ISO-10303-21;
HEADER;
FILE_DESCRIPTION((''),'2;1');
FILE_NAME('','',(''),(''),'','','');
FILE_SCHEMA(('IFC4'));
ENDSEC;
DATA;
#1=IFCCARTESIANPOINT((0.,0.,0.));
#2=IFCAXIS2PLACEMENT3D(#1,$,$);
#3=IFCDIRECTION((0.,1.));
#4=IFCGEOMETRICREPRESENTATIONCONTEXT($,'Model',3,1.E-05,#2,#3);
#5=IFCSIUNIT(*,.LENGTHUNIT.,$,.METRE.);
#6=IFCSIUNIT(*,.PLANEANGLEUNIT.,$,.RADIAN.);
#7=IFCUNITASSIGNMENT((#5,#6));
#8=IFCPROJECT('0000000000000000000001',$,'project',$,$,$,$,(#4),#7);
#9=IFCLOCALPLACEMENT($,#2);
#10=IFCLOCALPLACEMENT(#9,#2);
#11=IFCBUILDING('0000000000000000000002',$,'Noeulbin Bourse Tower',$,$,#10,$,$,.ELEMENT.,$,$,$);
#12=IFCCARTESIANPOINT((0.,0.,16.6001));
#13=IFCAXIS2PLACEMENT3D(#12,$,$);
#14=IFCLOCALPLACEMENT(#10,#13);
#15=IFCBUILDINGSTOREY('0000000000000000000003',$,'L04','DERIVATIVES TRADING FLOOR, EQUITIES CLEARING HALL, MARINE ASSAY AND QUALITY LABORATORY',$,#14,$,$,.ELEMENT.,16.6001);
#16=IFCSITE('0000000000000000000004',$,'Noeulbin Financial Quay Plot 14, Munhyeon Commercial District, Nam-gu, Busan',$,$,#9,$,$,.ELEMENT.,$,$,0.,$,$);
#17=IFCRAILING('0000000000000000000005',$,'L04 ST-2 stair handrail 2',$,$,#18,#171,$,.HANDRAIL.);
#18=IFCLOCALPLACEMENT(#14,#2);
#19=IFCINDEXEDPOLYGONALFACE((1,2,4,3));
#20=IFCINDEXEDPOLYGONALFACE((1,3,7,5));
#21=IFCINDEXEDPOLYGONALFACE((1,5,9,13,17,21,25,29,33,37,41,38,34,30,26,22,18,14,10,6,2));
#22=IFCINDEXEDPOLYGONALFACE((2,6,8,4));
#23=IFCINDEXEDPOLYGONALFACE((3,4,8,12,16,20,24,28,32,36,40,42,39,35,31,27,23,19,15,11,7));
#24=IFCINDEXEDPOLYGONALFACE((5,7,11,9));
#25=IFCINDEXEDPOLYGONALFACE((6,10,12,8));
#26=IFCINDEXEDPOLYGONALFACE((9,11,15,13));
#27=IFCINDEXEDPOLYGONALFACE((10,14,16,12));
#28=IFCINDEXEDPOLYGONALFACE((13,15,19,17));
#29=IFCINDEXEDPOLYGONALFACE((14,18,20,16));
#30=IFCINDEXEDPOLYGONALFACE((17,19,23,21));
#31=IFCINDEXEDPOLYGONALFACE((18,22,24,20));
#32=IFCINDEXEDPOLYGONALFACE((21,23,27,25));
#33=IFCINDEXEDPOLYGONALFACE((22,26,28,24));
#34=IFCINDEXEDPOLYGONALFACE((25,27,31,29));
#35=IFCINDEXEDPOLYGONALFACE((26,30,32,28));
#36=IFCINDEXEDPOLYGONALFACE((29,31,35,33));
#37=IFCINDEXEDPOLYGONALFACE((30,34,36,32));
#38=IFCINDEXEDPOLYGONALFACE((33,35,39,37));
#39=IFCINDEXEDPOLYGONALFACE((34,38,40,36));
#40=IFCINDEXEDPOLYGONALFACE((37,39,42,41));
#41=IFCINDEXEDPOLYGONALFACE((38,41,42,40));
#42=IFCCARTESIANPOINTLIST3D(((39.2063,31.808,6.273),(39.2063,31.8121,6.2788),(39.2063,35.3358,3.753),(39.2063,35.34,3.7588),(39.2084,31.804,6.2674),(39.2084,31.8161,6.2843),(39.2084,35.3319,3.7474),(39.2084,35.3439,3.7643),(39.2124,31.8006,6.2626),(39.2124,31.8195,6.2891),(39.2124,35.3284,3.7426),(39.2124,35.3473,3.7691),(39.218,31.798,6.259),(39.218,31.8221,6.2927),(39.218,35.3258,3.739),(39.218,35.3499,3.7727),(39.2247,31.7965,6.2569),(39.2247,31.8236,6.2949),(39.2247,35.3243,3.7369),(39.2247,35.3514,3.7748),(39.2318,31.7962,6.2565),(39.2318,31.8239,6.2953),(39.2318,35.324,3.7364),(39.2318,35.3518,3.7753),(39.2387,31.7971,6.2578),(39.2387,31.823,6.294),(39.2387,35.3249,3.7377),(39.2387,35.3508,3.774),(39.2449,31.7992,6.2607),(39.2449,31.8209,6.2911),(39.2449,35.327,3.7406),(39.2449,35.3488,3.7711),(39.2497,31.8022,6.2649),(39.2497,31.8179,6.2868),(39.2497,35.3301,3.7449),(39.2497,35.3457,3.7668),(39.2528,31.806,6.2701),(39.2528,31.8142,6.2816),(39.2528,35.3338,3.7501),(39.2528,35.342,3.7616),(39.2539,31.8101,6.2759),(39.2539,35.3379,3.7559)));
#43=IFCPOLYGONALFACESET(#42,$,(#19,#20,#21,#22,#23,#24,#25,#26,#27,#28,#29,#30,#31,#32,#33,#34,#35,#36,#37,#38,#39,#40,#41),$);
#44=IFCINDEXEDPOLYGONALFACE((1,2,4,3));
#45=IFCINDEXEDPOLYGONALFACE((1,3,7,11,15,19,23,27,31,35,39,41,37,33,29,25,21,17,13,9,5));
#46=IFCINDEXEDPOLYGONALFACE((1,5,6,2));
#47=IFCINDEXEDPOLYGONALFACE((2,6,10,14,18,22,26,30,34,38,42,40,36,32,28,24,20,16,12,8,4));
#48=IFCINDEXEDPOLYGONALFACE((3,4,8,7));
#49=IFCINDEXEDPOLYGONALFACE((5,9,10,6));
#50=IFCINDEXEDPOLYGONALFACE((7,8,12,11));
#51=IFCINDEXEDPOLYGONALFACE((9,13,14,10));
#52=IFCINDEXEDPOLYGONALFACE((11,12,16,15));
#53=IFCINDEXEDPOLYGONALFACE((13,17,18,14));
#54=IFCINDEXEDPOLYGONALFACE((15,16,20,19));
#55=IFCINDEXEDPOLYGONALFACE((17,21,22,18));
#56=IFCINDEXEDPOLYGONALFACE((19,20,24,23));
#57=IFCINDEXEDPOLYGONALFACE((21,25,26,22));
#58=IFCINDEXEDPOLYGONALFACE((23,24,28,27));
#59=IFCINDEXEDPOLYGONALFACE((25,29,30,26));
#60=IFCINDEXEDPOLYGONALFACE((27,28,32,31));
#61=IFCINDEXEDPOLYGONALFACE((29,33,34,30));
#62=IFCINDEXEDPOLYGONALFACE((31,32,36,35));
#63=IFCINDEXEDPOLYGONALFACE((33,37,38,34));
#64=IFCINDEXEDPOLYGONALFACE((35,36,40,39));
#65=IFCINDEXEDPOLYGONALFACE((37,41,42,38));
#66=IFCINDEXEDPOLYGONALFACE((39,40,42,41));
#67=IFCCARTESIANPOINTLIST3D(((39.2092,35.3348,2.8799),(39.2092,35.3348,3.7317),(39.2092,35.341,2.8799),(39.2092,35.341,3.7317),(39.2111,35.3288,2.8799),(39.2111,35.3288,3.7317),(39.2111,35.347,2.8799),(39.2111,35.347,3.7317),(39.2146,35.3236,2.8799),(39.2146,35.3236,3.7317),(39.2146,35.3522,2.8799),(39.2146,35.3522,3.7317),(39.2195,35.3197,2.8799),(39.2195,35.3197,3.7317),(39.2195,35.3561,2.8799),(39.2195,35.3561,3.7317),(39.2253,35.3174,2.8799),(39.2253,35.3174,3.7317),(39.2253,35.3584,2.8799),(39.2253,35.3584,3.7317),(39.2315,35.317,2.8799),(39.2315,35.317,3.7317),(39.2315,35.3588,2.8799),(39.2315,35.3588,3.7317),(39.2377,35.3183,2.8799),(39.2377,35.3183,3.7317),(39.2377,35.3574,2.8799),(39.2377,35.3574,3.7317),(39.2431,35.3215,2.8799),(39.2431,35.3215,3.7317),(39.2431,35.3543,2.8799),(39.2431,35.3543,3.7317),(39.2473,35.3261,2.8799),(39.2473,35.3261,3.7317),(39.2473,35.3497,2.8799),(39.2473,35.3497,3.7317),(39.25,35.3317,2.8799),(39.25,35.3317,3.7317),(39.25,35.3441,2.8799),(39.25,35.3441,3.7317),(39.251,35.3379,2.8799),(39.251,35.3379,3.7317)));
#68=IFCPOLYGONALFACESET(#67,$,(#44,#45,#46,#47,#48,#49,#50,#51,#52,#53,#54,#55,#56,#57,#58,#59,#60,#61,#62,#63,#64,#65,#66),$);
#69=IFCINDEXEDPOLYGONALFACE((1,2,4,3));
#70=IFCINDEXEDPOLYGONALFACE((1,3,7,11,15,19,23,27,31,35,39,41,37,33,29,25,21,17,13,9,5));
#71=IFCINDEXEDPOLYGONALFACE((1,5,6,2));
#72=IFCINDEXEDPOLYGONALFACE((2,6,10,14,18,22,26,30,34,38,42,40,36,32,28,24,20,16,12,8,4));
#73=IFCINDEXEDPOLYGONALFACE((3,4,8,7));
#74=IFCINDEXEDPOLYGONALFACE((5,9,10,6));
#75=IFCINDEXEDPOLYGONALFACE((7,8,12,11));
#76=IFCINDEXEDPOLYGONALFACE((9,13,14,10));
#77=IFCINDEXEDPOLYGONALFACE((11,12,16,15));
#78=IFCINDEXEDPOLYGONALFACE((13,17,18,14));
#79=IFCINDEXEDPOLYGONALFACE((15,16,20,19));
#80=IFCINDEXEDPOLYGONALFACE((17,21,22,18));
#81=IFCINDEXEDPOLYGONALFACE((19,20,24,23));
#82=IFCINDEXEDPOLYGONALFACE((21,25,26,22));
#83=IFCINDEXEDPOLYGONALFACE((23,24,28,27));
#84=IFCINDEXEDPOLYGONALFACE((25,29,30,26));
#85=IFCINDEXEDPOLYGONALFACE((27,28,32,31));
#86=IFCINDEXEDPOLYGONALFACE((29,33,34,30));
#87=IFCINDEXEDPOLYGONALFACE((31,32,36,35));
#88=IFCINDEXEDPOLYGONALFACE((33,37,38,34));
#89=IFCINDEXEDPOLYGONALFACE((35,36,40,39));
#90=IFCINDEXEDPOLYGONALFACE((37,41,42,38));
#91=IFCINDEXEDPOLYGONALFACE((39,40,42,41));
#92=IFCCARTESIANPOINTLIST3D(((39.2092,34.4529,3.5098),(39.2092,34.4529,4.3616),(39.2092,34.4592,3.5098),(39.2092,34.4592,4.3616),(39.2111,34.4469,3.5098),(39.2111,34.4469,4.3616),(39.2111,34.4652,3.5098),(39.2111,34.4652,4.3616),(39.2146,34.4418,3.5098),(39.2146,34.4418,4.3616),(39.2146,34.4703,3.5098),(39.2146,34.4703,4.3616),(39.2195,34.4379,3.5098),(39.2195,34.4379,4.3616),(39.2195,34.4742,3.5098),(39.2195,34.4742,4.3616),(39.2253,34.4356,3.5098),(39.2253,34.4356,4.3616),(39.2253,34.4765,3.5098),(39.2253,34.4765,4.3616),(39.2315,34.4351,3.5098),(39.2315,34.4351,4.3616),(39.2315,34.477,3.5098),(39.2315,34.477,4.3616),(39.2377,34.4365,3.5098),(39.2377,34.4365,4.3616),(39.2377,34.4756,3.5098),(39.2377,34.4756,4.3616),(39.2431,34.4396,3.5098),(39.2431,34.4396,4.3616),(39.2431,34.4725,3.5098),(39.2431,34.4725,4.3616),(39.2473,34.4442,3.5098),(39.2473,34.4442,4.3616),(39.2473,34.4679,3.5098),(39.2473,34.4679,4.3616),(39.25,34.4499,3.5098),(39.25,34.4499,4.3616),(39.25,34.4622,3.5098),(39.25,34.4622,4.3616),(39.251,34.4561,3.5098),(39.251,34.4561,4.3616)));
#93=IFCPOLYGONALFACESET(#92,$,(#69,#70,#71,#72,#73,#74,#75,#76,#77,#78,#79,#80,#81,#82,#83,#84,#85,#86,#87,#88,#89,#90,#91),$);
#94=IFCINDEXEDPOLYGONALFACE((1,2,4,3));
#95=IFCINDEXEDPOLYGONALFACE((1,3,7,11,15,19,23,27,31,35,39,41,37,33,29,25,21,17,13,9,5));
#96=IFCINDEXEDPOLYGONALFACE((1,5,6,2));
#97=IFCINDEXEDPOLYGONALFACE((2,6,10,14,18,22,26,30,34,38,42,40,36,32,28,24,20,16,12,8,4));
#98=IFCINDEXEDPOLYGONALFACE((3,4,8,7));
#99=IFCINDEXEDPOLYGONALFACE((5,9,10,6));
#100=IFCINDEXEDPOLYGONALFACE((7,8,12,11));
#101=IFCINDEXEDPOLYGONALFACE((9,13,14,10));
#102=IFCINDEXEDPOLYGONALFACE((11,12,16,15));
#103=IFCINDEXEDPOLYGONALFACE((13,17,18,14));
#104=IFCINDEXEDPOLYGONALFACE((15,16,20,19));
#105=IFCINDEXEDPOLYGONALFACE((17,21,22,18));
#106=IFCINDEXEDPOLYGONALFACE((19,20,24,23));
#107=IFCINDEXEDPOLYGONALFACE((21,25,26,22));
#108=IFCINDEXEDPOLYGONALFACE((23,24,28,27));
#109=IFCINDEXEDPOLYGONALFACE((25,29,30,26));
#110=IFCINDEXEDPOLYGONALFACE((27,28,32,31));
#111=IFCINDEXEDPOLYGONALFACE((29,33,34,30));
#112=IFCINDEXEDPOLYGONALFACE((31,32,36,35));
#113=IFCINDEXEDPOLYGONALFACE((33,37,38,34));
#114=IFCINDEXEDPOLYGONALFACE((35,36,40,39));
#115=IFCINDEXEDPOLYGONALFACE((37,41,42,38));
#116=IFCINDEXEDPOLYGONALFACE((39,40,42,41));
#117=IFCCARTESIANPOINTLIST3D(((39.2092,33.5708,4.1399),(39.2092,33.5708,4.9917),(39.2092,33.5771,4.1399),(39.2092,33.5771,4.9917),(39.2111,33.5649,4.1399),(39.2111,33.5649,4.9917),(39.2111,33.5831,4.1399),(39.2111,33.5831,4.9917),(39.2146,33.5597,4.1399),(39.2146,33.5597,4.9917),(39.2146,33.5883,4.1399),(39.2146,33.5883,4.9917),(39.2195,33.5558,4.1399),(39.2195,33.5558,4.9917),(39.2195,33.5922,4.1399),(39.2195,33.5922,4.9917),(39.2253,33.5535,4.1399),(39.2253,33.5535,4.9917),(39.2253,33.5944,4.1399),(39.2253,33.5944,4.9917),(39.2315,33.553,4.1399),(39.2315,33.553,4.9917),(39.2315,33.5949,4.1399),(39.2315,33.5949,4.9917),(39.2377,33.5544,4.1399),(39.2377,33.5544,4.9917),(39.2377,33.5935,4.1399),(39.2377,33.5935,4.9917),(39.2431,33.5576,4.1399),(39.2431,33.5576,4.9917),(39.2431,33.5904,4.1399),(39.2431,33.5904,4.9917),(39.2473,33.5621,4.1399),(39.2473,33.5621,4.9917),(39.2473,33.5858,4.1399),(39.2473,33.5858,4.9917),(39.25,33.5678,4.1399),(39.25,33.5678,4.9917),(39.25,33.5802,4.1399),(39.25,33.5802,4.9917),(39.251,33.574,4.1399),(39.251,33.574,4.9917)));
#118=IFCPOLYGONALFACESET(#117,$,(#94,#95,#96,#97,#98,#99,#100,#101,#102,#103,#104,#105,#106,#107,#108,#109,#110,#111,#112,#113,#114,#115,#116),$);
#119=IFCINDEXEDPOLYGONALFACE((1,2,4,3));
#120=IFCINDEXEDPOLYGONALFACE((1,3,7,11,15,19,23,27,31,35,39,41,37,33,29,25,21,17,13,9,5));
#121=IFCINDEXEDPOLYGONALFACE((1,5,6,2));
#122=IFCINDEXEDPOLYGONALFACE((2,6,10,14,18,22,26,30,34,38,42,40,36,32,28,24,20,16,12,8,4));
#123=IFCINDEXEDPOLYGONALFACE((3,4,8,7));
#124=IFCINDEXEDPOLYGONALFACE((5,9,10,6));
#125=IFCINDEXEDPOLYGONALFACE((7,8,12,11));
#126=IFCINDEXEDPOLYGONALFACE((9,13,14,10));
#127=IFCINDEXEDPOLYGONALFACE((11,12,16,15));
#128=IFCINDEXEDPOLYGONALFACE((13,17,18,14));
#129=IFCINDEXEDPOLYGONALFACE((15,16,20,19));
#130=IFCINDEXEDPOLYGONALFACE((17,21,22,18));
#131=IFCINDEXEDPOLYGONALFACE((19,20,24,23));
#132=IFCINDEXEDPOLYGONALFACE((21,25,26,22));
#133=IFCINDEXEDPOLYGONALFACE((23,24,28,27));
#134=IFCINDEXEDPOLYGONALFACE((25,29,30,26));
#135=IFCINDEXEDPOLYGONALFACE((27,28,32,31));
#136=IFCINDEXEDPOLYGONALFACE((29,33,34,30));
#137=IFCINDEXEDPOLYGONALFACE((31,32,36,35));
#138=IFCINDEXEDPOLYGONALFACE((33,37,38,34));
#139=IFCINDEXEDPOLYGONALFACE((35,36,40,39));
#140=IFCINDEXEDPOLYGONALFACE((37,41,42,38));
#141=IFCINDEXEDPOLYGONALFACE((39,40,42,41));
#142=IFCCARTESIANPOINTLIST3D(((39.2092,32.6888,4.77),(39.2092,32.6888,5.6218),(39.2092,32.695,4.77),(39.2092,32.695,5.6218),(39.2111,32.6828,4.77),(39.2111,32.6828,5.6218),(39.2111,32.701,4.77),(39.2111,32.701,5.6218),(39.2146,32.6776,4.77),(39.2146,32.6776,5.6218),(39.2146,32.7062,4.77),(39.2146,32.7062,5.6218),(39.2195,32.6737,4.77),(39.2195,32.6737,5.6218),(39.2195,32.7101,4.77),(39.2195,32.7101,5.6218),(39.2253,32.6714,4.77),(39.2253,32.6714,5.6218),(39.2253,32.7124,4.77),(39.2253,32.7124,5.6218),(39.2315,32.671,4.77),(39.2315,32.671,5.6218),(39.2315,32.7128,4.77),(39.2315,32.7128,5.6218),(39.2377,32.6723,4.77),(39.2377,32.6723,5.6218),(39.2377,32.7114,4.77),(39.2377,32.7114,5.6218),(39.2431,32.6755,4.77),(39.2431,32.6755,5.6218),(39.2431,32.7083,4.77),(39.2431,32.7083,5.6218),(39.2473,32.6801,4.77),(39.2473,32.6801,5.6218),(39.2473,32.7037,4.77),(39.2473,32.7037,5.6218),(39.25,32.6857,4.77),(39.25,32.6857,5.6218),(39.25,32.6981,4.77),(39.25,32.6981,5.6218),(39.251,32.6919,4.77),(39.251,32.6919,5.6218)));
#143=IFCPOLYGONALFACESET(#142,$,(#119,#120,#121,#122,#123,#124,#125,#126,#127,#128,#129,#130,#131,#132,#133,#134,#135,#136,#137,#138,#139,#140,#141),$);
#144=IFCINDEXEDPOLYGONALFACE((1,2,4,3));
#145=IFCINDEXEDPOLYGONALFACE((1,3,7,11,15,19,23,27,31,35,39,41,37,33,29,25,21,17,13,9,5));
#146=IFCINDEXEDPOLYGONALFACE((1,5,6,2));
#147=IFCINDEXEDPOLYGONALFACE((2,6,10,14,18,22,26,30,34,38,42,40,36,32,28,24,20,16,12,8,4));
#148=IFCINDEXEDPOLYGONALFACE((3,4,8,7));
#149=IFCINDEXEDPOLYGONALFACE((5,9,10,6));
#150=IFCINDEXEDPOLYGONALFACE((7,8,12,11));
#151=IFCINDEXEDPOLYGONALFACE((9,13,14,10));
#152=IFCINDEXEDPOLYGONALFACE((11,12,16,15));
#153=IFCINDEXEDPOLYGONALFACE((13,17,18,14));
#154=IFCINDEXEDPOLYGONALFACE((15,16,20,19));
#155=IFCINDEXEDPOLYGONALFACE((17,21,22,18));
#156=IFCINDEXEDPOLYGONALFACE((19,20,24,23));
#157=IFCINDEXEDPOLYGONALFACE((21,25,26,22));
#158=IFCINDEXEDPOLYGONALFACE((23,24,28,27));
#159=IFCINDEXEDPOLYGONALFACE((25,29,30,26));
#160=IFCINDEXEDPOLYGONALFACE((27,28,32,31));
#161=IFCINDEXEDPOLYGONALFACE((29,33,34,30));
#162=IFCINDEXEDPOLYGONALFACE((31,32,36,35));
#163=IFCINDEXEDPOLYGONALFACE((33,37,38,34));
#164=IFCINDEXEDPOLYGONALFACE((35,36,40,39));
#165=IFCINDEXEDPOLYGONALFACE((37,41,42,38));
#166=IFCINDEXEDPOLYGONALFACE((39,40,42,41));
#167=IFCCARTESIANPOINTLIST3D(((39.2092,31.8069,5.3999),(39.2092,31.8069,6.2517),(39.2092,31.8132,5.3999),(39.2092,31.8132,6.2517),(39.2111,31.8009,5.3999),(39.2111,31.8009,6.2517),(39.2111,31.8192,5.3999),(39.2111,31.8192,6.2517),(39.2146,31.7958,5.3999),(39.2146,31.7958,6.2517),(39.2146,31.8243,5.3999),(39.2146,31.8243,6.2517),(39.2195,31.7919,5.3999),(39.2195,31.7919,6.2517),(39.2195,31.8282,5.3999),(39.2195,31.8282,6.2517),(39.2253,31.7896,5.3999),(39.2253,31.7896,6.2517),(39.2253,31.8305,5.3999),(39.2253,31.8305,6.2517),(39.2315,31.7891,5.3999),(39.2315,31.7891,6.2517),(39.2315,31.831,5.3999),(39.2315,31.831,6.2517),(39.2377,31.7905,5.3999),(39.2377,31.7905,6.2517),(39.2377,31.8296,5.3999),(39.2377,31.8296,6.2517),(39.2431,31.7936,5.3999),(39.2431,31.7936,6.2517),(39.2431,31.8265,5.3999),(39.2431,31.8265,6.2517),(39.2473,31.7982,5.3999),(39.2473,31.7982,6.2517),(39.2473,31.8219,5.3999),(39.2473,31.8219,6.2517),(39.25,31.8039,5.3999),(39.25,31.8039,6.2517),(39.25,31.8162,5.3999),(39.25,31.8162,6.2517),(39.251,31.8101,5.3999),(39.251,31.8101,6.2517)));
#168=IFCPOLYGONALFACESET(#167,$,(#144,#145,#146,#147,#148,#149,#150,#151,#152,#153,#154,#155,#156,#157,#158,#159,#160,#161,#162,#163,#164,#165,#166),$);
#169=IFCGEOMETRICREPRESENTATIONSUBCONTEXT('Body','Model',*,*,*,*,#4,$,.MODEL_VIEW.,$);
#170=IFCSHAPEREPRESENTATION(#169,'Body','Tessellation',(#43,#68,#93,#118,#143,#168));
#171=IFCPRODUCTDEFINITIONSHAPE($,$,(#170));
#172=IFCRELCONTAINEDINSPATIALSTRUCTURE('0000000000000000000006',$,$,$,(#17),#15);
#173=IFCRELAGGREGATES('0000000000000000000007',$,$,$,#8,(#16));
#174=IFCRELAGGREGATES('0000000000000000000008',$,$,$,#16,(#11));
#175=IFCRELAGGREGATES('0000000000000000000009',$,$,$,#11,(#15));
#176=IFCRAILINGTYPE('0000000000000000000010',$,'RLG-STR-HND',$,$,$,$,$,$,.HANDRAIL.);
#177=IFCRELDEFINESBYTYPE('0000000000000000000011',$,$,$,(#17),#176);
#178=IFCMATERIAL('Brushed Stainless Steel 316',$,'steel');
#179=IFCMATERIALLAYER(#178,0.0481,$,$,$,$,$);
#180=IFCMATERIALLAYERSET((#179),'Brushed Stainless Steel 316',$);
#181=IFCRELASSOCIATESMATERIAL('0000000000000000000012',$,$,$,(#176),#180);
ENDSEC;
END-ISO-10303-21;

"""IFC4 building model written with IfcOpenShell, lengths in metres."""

from ifc_helpers import new_model, si_unit, direction, frame, origin, origin_2d, place, context, subcontext, project, spatial, circle, extrude, material, layer, layer_set, type_object, element, save


model = new_model("IFC4")

# Units and contexts
model_context = context("Model", 3, precision=1e-05, world=origin(), true_north=direction((0.0, 1.0)))
body_context = subcontext(model_context, "Body", "Model", "MODEL_VIEW")
ifc_project = project(units=[si_unit("LENGTHUNIT", "METRE"), si_unit("PLANEANGLEUNIT", "RADIAN")], contexts=[model_context])

# Site, building, storey
site_placement = place(None, origin())
site = spatial("IfcSite", under=ifc_project, at=site_placement, Name="Noeulbin Financial Quay Plot 14, Munhyeon Commercial District, Nam-gu, Busan", CompositionType="ELEMENT", RefElevation=0.0)
building_placement = place(site_placement, origin())
building = spatial("IfcBuilding", under=site, at=building_placement, Name="Noeulbin Bourse Tower", CompositionType="ELEMENT")
storey_placement = place(building_placement, frame((0.0, 0.0, 16.6001)))
storey = spatial("IfcBuildingStorey", under=building, at=storey_placement, Name="L04", Description="DERIVATIVES TRADING FLOOR, EQUITIES CLEARING HALL, MARINE ASSAY AND QUALITY LABORATORY", CompositionType="ELEMENT", Elevation=16.6001)

# Railing
ifc_material_1 = material(Name="Brushed Stainless Steel 316", Category="steel")
ifc_layer_1 = layer(ifc_material_1, 0.0481)
ifc_layer_set_1 = layer_set([ifc_layer_1], Name="Brushed Stainless Steel 316")
railing_type_1 = type_object("IfcRailingType", Name="RLG-STR-HND", PredefinedType="HANDRAIL", material=ifc_layer_set_1)
railing_1_placement = place(storey_placement, frame((39.23, 35.3379, 2.8799)))
element("IfcRailing", 1, at=railing_1_placement, inside=storey, type_object=railing_type_1, Name="L04 ST-2 stair handrail 2", PredefinedType="HANDRAIL", context=body_context, shape_type="SweptSolid", body=[
    extrude(circle(Radius=0.0239, at=origin_2d()), frame((0.0, 0.0, 0.876), z_axis=(0.0, -0.813718, 0.58126), x_axis=(1.0, 0.0, 0.0)), (0.0, 0.0, 1.0), 4.3354),
    extrude(circle(Radius=0.021, at=origin_2d()), origin(), (0.0, 0.0, 1.0), 0.8518),
    extrude(circle(Radius=0.021, at=origin_2d()), frame((0.0, -0.8818, 0.6299)), (0.0, 0.0, 1.0), 0.8518),
    extrude(circle(Radius=0.021, at=origin_2d()), frame((0.0, -1.7639, 1.26)), (0.0, 0.0, 1.0), 0.8518),
    extrude(circle(Radius=0.021, at=origin_2d()), frame((0.0, -2.646, 1.8901)), (0.0, 0.0, 1.0), 0.8518),
    extrude(circle(Radius=0.021, at=origin_2d()), frame((0.0, -3.5278, 2.52)), (0.0, 0.0, 1.0), 0.8518),
])

save(model, "model.ifc")
